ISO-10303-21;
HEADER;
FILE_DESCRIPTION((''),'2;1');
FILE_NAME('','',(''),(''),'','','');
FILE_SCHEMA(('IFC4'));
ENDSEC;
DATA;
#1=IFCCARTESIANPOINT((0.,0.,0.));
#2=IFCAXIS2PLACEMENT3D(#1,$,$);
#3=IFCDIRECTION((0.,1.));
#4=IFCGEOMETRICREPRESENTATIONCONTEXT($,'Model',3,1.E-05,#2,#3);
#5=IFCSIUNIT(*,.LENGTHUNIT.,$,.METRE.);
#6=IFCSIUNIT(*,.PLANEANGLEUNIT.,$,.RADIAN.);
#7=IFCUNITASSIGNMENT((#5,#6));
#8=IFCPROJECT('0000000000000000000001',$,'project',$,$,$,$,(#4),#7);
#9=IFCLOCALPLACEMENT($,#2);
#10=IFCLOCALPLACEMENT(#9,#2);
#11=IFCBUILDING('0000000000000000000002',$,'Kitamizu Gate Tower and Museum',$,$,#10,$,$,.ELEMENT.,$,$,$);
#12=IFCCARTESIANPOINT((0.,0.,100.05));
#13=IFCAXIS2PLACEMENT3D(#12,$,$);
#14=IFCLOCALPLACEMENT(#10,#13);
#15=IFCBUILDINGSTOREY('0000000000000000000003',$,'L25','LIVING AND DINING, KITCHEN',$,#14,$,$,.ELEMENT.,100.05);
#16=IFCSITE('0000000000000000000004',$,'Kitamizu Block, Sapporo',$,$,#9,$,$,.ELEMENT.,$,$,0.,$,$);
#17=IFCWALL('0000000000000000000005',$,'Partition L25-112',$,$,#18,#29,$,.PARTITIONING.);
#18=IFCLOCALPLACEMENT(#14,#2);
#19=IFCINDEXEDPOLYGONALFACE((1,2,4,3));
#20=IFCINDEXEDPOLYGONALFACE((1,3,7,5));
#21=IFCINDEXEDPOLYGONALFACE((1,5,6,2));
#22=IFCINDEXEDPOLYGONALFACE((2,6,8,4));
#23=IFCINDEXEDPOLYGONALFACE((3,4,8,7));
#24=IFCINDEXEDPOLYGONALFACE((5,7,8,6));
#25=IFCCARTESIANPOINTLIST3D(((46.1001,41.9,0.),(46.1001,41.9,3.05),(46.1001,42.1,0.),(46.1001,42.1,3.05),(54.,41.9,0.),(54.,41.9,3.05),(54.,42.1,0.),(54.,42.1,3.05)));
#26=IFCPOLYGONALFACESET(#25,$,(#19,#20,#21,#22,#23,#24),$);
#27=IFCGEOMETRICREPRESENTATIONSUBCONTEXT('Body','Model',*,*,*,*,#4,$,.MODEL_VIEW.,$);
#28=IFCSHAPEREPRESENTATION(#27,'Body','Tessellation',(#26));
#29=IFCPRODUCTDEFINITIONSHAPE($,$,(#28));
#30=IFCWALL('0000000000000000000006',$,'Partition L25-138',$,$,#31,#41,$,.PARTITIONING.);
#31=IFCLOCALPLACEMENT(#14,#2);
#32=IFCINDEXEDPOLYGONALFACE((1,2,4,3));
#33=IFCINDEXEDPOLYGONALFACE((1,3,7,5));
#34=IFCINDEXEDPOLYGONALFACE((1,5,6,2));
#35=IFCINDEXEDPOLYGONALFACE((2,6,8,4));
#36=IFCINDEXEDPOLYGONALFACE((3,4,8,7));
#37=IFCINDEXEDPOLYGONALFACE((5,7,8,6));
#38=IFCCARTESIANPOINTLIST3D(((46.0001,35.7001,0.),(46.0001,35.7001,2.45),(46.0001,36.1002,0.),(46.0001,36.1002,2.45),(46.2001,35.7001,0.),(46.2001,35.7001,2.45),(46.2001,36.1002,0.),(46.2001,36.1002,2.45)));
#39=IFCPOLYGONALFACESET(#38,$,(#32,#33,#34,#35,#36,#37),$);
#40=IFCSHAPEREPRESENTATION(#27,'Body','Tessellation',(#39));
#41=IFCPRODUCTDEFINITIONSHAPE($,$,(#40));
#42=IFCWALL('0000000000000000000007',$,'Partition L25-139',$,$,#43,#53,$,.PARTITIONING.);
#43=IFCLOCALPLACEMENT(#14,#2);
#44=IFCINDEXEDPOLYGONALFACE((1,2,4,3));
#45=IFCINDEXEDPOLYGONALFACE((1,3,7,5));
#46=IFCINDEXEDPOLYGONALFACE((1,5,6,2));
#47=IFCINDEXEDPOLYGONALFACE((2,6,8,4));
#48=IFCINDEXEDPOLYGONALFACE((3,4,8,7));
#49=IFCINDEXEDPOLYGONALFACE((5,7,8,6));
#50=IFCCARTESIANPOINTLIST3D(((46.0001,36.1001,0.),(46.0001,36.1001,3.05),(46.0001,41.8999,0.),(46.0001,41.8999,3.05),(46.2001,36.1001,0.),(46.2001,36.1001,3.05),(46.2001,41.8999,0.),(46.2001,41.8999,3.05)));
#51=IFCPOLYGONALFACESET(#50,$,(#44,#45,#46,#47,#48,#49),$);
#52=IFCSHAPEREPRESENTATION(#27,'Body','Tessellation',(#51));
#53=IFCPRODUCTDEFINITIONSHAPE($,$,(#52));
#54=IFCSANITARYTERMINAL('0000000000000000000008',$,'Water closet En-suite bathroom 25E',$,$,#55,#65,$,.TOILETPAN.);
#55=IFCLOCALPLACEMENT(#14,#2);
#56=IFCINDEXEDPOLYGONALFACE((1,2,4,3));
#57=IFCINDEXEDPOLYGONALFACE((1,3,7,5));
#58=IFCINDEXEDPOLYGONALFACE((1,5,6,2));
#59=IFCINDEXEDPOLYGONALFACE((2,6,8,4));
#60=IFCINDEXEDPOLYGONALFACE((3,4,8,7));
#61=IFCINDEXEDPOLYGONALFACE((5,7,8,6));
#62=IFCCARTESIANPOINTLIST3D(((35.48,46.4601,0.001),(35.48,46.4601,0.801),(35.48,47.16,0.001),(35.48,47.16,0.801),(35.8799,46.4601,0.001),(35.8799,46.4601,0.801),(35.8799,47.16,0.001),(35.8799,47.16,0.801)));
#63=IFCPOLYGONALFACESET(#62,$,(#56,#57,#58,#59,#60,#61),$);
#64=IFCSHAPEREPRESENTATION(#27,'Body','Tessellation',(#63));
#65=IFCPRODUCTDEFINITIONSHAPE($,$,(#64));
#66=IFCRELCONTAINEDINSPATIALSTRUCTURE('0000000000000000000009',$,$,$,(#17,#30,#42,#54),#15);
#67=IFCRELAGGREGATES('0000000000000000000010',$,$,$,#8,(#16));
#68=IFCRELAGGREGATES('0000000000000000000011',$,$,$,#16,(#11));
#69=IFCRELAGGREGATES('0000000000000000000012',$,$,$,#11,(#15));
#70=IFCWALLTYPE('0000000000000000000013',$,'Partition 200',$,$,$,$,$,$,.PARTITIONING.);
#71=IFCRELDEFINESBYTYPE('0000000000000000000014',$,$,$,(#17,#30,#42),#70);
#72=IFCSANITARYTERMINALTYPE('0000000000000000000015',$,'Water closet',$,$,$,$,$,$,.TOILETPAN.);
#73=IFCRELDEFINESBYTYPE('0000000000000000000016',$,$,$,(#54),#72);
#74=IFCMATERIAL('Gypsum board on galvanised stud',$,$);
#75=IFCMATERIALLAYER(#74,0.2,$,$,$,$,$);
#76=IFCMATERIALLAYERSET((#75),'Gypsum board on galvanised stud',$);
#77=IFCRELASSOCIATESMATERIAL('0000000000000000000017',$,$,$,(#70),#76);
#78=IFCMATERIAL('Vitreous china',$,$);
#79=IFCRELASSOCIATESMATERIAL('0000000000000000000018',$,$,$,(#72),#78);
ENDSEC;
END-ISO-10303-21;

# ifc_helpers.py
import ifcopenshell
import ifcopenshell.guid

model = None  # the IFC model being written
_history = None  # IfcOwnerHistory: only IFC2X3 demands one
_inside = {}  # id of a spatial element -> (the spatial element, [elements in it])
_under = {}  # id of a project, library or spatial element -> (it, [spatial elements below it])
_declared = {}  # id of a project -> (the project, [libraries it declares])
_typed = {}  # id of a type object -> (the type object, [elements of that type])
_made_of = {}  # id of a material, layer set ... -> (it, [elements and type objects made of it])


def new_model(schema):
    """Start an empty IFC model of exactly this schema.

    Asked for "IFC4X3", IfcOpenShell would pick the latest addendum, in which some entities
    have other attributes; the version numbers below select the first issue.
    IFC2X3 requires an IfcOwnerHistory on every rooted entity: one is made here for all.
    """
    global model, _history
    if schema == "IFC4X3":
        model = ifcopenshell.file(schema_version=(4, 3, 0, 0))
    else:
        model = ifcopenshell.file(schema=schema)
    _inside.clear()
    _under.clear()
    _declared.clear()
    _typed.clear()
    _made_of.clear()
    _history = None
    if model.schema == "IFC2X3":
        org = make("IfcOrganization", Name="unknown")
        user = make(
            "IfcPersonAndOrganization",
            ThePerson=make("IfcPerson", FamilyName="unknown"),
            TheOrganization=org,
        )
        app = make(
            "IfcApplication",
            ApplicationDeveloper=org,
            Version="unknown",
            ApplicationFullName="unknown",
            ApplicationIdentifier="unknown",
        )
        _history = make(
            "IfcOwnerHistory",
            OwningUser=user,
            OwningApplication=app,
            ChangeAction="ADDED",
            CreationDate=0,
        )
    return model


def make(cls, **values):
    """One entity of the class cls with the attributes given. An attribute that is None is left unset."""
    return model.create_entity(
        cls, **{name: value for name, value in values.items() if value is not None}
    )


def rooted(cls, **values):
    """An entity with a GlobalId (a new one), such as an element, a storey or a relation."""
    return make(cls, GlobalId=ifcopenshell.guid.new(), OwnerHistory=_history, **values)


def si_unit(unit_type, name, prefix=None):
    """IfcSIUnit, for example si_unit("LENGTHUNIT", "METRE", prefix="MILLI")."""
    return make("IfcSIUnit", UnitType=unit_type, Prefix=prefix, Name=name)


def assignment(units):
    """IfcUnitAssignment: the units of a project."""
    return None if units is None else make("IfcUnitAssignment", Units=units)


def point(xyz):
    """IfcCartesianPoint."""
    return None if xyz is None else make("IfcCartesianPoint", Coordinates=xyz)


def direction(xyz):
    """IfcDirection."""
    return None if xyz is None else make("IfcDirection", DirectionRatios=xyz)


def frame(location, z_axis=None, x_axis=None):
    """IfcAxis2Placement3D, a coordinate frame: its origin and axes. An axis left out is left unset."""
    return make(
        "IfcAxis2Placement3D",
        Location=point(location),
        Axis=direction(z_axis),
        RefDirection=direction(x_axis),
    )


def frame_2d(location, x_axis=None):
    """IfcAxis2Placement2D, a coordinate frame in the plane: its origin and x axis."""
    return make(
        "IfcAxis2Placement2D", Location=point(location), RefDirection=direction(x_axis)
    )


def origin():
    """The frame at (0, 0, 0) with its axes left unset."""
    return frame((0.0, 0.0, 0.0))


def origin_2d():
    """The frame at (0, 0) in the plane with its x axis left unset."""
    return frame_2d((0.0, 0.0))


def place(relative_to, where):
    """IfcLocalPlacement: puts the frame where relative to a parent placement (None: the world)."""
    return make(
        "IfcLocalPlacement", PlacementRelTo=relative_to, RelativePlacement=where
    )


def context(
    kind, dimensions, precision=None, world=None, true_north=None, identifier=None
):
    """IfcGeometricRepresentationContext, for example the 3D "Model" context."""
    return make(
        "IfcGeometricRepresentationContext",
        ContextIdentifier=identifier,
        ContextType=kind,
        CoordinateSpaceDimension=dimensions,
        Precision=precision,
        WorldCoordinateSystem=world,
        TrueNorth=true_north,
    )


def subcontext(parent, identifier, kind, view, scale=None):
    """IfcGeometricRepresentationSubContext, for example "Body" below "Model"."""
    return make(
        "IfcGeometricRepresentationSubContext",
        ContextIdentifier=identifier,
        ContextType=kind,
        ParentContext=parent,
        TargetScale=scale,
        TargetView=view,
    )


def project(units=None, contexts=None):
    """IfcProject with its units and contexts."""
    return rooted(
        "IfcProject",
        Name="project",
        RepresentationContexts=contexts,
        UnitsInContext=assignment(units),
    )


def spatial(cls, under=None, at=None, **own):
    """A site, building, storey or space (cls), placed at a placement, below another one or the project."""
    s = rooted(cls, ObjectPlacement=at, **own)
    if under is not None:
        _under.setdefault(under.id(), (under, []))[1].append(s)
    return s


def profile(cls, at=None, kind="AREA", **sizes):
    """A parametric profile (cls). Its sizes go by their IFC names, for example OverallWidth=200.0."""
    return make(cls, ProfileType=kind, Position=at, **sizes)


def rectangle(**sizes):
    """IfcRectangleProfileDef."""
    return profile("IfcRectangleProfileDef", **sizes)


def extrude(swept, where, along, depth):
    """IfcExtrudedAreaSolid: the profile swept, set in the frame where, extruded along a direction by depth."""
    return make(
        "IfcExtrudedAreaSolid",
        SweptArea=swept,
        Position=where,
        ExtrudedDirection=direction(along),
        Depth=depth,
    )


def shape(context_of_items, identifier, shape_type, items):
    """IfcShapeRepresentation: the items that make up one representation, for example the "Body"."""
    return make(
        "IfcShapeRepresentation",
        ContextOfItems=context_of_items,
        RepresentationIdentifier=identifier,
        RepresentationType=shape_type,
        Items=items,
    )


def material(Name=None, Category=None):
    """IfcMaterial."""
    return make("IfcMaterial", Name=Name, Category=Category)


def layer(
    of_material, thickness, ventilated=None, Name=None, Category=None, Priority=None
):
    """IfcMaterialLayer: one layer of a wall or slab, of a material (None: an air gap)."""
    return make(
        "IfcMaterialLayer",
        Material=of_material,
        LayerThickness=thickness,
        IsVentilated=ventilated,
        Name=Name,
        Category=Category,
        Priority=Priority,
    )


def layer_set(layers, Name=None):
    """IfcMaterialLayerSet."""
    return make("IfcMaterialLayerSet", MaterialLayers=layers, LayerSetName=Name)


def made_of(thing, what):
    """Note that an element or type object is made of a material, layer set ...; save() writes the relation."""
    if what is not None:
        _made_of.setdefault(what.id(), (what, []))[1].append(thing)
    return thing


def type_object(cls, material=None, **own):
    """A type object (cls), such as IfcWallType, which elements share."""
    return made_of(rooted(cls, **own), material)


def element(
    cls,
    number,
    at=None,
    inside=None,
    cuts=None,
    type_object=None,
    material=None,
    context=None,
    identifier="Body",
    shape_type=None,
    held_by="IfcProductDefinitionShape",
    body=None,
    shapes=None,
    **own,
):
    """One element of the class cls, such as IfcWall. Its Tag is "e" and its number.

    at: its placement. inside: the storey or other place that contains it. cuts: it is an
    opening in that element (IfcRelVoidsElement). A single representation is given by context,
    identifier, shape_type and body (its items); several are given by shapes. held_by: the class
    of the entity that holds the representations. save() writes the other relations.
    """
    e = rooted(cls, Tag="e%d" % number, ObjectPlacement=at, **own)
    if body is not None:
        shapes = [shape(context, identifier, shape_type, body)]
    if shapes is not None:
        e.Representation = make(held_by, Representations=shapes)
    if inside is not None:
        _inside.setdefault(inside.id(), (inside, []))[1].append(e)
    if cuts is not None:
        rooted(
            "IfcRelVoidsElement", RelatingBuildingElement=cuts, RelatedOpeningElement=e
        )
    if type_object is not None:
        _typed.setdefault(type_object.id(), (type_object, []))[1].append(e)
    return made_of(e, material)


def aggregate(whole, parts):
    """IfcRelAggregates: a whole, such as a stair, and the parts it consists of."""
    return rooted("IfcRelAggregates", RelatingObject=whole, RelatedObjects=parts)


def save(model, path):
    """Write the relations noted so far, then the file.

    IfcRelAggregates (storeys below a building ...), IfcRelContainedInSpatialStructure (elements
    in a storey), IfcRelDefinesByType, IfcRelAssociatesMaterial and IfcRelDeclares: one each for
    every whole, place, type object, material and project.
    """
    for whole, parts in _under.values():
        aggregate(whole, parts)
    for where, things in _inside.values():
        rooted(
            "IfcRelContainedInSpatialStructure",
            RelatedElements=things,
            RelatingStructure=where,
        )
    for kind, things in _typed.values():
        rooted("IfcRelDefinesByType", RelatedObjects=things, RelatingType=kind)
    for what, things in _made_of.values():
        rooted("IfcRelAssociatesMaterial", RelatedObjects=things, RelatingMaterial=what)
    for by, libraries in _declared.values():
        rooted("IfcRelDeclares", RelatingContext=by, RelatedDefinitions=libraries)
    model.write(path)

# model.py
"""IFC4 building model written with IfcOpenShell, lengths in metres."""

from ifc_helpers import new_model, si_unit, direction, frame, frame_2d, origin, origin_2d, place, context, subcontext, project, spatial, rectangle, extrude, material, layer, layer_set, type_object, element, save


model = new_model("IFC4")

# Units and contexts
model_context = context("Model", 3, precision=1e-05, world=origin(), true_north=direction((0.0, 1.0)))
body_context = subcontext(model_context, "Body", "Model", "MODEL_VIEW")
ifc_project = project(units=[si_unit("LENGTHUNIT", "METRE"), si_unit("PLANEANGLEUNIT", "RADIAN")], contexts=[model_context])

# Site, building, storey
site_placement = place(None, origin())
site = spatial("IfcSite", under=ifc_project, at=site_placement, Name="Kitamizu Block, Sapporo", CompositionType="ELEMENT", RefElevation=0.0)
building_placement = place(site_placement, origin())
building = spatial("IfcBuilding", under=site, at=building_placement, Name="Kitamizu Gate Tower and Museum", CompositionType="ELEMENT")
storey_placement = place(building_placement, frame((0.0, 0.0, 100.05)))
storey = spatial("IfcBuildingStorey", under=building, at=storey_placement, Name="L25", Description="LIVING AND DINING, KITCHEN", CompositionType="ELEMENT", Elevation=100.05)

# Walls
ifc_material_1 = material(Name="Gypsum board on galvanised stud")
ifc_layer_1 = layer(ifc_material_1, 0.2)
ifc_layer_set_1 = layer_set([ifc_layer_1], Name="Gypsum board on galvanised stud")
wall_type_1 = type_object("IfcWallType", Name="Partition 200", PredefinedType="PARTITIONING", material=ifc_layer_set_1)
wall_1_placement = place(storey_placement, frame((46.1001, 42.0, 0.0), z_axis=(0.0, 0.0, 1.0), x_axis=(1.0, 0.0, 0.0)))
element("IfcWall", 1, at=wall_1_placement, inside=storey, type_object=wall_type_1, Name="Partition L25-112", PredefinedType="PARTITIONING", context=body_context, shape_type="SweptSolid", body=[
    extrude(rectangle(XDim=7.8999, YDim=0.2, at=frame_2d((3.95, 0.0))), origin(), (0.0, 0.0, 1.0), 3.05),
])
wall_2_placement = place(storey_placement, frame((46.1001, 35.7, 0.0), z_axis=(0.0, 0.0, 1.0), x_axis=(0.0, 1.0, 0.0)))
element("IfcWall", 2, at=wall_2_placement, inside=storey, type_object=wall_type_1, Name="Partition L25-138", PredefinedType="PARTITIONING", context=body_context, shape_type="SweptSolid", body=[
    extrude(rectangle(XDim=0.4001, YDim=0.2, at=frame_2d((0.2002, 0.0))), origin(), (0.0, 0.0, 1.0), 2.45),
])
wall_3_placement = place(storey_placement, frame((46.1001, 36.1001, 0.0), z_axis=(0.0, 0.0, 1.0), x_axis=(0.0, 1.0, 0.0)))
element("IfcWall", 3, at=wall_3_placement, inside=storey, type_object=wall_type_1, Name="Partition L25-139", PredefinedType="PARTITIONING", context=body_context, shape_type="SweptSolid", body=[
    extrude(rectangle(XDim=5.7998, YDim=0.2, at=frame_2d((2.8999, 0.0))), origin(), (0.0, 0.0, 1.0), 3.05),
])

# Sanitary terminal
ifc_material_2 = material(Name="Vitreous china")
sanitary_terminal_type = type_object("IfcSanitaryTerminalType", Name="Water closet", PredefinedType="TOILETPAN", material=ifc_material_2)
sanitary_terminal_placement = place(storey_placement, frame((35.6799, 46.8101, 0.001), z_axis=(0.0, 0.0, 1.0), x_axis=(1.0, 0.0, 0.0)))
element("IfcSanitaryTerminal", 4, at=sanitary_terminal_placement, inside=storey, type_object=sanitary_terminal_type, Name="Water closet En-suite bathroom 25E", PredefinedType="TOILETPAN", context=body_context, shape_type="SweptSolid", body=[
    extrude(rectangle(XDim=0.3999, YDim=0.7, at=origin_2d()), origin(), (0.0, 0.0, 1.0), 0.8),
])

save(model, "model.ifc")
